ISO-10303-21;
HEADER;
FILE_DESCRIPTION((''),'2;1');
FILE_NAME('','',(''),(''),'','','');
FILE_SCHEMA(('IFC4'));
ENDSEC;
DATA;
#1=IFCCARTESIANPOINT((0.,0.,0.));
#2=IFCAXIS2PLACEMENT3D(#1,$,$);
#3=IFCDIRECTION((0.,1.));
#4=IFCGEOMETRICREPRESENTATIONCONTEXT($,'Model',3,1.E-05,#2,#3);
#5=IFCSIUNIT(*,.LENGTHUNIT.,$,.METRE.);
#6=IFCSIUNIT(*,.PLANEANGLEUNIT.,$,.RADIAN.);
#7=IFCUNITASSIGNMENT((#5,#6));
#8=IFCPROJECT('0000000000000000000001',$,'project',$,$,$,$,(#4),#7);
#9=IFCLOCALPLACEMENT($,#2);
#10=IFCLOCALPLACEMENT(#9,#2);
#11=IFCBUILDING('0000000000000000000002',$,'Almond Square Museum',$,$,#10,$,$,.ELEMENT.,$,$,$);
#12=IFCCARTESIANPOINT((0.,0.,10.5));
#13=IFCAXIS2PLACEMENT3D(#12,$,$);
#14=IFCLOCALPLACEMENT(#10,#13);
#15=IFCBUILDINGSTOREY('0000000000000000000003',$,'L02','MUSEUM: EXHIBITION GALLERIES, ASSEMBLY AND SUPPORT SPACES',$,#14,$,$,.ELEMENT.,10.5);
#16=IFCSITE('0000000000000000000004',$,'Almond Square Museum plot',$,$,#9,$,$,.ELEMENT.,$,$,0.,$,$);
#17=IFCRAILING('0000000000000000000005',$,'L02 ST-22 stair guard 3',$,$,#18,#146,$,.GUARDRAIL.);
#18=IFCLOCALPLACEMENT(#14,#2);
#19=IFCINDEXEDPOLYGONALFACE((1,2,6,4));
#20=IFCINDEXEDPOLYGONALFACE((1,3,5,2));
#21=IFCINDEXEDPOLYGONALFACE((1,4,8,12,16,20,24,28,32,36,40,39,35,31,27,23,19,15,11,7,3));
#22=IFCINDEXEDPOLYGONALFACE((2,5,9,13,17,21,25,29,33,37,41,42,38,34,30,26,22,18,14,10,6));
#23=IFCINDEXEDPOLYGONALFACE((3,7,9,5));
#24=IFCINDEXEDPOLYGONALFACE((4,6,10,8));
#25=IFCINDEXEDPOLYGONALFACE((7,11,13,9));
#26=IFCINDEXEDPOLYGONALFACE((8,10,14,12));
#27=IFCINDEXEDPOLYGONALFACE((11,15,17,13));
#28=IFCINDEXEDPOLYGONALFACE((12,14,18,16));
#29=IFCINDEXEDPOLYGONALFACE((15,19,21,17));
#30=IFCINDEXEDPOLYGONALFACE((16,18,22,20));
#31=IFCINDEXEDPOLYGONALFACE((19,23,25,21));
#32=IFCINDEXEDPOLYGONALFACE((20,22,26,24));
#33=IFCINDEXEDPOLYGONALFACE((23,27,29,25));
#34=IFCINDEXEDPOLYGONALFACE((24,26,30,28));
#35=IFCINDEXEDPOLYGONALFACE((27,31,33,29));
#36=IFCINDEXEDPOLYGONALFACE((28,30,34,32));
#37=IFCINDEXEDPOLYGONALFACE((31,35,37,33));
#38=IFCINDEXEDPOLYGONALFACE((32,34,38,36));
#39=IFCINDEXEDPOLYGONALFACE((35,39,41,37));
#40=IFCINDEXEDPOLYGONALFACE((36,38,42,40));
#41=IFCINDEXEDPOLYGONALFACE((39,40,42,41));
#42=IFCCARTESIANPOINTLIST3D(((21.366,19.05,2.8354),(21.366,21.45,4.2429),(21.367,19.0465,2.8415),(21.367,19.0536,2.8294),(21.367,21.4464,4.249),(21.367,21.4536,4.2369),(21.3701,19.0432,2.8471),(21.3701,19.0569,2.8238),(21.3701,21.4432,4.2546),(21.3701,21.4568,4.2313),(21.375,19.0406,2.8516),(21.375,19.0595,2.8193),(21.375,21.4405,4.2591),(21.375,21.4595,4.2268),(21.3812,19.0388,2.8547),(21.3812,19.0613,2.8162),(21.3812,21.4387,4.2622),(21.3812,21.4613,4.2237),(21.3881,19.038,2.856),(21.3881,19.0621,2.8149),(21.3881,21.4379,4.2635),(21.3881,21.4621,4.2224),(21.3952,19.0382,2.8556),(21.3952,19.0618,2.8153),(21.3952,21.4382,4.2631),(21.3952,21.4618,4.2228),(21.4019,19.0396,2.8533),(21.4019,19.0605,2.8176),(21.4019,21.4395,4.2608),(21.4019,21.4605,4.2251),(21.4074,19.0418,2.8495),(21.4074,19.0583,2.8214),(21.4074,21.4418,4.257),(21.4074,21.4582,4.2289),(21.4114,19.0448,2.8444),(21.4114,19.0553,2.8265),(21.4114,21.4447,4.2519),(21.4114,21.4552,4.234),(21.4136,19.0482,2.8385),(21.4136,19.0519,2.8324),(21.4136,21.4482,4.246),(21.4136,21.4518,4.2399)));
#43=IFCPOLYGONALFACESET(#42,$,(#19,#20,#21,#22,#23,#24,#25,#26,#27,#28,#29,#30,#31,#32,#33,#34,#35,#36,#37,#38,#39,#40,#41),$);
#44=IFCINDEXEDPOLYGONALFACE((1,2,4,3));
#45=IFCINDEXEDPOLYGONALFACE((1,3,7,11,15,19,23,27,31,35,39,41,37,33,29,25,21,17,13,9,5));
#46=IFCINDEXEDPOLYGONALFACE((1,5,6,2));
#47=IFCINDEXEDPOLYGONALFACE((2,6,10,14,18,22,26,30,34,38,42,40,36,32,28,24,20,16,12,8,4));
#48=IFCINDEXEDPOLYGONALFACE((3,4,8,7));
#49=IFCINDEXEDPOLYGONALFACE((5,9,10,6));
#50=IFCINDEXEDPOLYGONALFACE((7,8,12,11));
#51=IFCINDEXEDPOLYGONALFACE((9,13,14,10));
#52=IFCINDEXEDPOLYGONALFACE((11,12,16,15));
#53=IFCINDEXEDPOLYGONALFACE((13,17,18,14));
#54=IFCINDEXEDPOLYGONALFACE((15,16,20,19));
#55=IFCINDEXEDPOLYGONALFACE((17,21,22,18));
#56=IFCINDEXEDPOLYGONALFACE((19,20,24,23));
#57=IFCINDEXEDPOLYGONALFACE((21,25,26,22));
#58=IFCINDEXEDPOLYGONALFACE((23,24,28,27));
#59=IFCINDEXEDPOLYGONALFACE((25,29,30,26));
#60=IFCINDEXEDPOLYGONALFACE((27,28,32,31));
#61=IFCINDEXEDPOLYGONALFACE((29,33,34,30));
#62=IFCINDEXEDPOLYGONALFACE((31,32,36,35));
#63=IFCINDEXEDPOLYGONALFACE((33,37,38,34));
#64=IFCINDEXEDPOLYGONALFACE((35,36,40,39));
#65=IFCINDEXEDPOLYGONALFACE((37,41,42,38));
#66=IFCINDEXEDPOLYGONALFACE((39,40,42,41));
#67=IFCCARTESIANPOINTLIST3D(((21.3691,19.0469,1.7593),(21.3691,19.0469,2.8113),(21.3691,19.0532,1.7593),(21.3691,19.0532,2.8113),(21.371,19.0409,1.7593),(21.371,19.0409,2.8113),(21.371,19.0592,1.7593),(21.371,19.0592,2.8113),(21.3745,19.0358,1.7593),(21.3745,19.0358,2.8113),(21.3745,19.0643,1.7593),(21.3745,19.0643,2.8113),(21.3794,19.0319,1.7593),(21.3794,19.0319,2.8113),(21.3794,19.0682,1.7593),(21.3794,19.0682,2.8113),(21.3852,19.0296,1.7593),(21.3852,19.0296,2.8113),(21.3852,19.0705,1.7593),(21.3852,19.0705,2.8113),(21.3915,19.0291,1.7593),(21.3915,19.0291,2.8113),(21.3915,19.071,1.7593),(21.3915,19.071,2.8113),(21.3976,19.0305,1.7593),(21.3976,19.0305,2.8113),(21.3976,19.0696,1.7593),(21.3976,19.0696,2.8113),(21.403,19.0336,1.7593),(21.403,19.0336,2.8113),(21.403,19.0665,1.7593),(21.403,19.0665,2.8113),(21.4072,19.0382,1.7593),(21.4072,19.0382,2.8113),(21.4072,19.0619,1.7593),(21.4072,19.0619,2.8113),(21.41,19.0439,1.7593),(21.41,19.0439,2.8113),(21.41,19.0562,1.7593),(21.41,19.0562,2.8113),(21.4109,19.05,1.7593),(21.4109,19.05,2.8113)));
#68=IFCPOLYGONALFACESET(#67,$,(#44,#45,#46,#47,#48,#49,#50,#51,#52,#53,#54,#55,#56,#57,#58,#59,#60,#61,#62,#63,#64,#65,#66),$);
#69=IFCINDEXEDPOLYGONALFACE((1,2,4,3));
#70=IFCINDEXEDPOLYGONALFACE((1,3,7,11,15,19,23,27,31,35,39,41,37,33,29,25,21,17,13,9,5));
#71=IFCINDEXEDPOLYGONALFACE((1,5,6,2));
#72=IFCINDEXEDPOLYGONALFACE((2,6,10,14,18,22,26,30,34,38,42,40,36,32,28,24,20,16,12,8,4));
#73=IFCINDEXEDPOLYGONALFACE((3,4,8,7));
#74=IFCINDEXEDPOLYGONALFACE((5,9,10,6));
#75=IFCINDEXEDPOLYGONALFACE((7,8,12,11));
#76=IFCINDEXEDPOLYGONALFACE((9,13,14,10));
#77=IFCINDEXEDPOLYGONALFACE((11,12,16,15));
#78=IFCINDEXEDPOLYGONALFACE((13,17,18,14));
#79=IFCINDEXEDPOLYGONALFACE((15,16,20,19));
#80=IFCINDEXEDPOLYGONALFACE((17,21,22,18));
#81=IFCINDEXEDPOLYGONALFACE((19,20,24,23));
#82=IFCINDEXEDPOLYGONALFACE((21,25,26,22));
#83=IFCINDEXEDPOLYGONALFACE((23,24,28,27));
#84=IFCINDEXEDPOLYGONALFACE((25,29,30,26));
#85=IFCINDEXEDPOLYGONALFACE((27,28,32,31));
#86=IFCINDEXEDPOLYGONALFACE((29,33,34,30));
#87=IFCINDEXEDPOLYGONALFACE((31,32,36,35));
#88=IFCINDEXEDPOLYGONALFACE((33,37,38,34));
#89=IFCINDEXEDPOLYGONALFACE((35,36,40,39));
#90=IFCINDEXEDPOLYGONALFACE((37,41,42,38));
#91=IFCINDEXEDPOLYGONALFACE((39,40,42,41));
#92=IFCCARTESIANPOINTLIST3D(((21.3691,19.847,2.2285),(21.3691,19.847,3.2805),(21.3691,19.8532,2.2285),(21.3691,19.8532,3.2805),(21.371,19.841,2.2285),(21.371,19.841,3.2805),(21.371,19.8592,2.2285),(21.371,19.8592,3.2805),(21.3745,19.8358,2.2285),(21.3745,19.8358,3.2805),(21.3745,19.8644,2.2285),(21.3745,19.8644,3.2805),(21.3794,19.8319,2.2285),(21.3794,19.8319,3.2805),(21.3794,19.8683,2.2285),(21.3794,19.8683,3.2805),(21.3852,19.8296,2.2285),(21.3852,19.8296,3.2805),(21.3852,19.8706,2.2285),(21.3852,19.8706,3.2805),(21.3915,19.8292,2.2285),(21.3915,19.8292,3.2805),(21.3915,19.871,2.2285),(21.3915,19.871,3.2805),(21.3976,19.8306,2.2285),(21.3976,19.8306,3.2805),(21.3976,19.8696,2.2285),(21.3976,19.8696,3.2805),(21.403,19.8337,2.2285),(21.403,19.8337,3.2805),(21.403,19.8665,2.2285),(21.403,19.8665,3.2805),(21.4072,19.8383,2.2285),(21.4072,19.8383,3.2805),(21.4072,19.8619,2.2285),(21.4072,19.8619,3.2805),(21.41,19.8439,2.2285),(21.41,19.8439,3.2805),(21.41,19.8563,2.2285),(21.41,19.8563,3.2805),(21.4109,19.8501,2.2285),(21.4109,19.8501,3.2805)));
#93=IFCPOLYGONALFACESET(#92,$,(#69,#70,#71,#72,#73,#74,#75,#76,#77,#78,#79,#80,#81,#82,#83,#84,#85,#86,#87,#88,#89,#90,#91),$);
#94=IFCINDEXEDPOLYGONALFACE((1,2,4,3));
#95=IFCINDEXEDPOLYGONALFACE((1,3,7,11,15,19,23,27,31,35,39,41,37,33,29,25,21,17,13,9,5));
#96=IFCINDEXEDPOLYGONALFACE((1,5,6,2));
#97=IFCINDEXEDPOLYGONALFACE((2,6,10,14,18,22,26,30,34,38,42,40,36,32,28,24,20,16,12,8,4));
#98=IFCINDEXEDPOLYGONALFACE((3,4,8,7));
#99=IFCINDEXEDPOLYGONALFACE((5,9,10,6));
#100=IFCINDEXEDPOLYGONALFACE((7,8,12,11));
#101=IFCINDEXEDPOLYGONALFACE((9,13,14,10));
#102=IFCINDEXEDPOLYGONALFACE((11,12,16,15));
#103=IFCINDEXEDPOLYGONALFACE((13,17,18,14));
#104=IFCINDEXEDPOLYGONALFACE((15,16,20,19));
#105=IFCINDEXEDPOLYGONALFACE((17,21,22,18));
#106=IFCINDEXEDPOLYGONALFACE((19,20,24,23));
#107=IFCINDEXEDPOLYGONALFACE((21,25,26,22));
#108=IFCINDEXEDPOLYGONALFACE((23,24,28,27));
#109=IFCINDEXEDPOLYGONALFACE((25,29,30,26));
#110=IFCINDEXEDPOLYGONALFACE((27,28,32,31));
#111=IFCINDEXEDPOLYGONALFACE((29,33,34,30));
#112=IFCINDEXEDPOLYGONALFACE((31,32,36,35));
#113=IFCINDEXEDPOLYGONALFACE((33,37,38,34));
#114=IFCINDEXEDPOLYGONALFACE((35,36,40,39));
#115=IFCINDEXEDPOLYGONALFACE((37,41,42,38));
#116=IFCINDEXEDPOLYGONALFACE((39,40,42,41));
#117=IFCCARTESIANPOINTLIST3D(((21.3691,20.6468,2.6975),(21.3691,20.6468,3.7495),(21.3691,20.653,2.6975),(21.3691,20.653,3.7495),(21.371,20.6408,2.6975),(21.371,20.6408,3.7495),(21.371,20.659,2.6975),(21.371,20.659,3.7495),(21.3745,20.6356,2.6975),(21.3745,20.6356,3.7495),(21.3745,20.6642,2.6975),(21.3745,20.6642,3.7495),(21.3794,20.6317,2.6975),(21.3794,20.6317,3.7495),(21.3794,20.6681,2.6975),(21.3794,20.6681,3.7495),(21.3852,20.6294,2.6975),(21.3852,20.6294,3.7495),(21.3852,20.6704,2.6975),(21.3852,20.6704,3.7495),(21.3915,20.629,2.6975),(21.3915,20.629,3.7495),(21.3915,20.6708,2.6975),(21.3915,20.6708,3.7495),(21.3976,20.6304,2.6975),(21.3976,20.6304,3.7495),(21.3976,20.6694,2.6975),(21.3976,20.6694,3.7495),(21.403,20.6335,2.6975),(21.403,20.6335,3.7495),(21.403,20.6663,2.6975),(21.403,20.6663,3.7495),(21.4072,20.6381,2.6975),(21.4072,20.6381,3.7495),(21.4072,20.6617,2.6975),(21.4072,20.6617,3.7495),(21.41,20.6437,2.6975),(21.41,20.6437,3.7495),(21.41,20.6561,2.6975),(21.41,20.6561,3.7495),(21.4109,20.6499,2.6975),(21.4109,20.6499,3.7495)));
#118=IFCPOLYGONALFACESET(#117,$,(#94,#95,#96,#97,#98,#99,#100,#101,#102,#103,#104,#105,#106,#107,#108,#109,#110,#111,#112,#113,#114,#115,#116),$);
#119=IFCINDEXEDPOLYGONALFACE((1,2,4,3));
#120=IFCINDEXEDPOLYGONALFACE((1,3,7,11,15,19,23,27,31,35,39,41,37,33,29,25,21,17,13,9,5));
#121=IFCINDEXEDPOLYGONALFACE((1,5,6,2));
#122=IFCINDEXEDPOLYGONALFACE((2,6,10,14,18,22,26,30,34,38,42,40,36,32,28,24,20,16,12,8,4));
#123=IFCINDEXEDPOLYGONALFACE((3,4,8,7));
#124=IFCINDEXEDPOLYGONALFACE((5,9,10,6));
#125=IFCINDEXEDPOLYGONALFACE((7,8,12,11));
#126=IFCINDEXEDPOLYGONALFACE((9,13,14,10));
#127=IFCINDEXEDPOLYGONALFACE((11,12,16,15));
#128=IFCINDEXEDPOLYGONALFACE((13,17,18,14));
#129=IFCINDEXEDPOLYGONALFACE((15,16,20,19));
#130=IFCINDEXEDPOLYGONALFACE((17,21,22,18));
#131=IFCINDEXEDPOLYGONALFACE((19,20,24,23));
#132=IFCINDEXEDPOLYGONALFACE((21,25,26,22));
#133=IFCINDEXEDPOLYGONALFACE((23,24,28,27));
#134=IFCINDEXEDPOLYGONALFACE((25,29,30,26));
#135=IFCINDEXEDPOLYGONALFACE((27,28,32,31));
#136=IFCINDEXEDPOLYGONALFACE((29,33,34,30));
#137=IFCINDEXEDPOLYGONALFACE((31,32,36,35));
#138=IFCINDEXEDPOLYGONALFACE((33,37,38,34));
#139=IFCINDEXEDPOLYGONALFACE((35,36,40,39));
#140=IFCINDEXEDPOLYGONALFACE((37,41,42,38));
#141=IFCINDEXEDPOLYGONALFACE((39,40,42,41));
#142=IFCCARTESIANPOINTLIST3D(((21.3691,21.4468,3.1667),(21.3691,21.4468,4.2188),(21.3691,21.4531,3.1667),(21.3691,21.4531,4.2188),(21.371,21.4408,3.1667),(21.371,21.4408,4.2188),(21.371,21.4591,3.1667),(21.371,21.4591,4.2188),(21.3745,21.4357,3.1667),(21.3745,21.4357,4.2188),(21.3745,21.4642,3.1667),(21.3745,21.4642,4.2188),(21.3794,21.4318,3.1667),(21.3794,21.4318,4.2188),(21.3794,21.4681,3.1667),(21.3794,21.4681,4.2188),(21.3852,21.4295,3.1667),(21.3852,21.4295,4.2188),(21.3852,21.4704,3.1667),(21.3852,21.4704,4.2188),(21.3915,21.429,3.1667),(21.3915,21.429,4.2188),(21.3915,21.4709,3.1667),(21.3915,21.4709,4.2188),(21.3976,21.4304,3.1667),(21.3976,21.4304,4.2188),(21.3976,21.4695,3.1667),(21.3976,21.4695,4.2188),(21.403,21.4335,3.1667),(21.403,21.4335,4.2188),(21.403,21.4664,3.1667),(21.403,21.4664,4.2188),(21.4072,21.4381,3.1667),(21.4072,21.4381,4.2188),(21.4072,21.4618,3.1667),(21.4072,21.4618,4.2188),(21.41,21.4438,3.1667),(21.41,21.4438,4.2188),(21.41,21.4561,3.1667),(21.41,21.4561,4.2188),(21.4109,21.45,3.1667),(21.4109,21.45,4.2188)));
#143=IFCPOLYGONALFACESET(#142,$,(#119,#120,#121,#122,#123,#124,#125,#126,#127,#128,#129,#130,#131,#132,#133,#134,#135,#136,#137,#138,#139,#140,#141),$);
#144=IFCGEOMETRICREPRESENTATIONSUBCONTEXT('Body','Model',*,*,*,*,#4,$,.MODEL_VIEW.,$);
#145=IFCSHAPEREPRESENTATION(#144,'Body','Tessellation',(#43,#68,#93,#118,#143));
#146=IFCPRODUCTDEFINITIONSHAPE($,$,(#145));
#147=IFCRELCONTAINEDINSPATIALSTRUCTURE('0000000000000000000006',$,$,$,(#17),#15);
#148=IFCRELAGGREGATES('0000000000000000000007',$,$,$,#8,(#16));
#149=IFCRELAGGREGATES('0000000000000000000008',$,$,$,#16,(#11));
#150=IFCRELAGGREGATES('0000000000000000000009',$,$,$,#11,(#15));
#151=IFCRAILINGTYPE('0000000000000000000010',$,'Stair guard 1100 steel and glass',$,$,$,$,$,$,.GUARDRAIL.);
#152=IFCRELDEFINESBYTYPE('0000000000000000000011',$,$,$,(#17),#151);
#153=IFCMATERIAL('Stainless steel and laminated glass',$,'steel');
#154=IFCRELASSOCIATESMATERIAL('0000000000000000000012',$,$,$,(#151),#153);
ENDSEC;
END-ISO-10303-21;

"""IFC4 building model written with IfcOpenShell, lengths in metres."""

from ifc_helpers import new_model, si_unit, direction, frame, origin, origin_2d, place, context, subcontext, project, spatial, circle, extrude, material, type_object, element, save


model = new_model("IFC4")

# Units and contexts
model_context = context("Model", 3, precision=1e-05, world=origin(), true_north=direction((0.0, 1.0)))
body_context = subcontext(model_context, "Body", "Model", "MODEL_VIEW")
ifc_project = project(units=[si_unit("LENGTHUNIT", "METRE"), si_unit("PLANEANGLEUNIT", "RADIAN")], contexts=[model_context])

# Site, building, storey
site_placement = place(None, origin())
site = spatial("IfcSite", under=ifc_project, at=site_placement, Name="Almond Square Museum plot", CompositionType="ELEMENT", RefElevation=0.0)
building_placement = place(site_placement, origin())
building = spatial("IfcBuilding", under=site, at=building_placement, Name="Almond Square Museum", CompositionType="ELEMENT")
storey_placement = place(building_placement, frame((0.0, 0.0, 10.5)))
storey = spatial("IfcBuildingStorey", under=building, at=storey_placement, Name="L02", Description="MUSEUM: EXHIBITION GALLERIES, ASSEMBLY AND SUPPORT SPACES", CompositionType="ELEMENT", Elevation=10.5)

# Railing
ifc_material_1 = material(Name="Stainless steel and laminated glass", Category="steel")
railing_type_1 = type_object("IfcRailingType", Name="Stair guard 1100 steel and glass", PredefinedType="GUARDRAIL", material=ifc_material_1)
railing_1_placement = place(storey_placement, frame((21.3899, 19.05, 1.7593)))
element("IfcRailing", 1, at=railing_1_placement, inside=storey, type_object=railing_type_1, Name="L02 ST-22 stair guard 3", PredefinedType="GUARDRAIL", context=body_context, shape_type="SweptSolid", body=[
    extrude(circle(Radius=0.0239, at=origin_2d()), frame((0.0, 0.0, 1.0762), z_axis=(0.0, 0.862599, 0.505888), x_axis=(-1.0, 0.0, 0.0)), (0.0, 0.0, 1.0), 2.7822),
    extrude(circle(Radius=0.021, at=origin_2d()), origin(), (0.0, 0.0, 1.0), 1.052),
    extrude(circle(Radius=0.021, at=origin_2d()), frame((0.0, 0.8, 0.4692)), (0.0, 0.0, 1.0), 1.052),
    extrude(circle(Radius=0.021, at=origin_2d()), frame((0.0, 1.5999, 0.9382)), (0.0, 0.0, 1.0), 1.052),
    extrude(circle(Radius=0.021, at=origin_2d()), frame((0.0, 2.3999, 1.4075)), (0.0, 0.0, 1.0), 1.052),
])

save(model, "model.ifc")
